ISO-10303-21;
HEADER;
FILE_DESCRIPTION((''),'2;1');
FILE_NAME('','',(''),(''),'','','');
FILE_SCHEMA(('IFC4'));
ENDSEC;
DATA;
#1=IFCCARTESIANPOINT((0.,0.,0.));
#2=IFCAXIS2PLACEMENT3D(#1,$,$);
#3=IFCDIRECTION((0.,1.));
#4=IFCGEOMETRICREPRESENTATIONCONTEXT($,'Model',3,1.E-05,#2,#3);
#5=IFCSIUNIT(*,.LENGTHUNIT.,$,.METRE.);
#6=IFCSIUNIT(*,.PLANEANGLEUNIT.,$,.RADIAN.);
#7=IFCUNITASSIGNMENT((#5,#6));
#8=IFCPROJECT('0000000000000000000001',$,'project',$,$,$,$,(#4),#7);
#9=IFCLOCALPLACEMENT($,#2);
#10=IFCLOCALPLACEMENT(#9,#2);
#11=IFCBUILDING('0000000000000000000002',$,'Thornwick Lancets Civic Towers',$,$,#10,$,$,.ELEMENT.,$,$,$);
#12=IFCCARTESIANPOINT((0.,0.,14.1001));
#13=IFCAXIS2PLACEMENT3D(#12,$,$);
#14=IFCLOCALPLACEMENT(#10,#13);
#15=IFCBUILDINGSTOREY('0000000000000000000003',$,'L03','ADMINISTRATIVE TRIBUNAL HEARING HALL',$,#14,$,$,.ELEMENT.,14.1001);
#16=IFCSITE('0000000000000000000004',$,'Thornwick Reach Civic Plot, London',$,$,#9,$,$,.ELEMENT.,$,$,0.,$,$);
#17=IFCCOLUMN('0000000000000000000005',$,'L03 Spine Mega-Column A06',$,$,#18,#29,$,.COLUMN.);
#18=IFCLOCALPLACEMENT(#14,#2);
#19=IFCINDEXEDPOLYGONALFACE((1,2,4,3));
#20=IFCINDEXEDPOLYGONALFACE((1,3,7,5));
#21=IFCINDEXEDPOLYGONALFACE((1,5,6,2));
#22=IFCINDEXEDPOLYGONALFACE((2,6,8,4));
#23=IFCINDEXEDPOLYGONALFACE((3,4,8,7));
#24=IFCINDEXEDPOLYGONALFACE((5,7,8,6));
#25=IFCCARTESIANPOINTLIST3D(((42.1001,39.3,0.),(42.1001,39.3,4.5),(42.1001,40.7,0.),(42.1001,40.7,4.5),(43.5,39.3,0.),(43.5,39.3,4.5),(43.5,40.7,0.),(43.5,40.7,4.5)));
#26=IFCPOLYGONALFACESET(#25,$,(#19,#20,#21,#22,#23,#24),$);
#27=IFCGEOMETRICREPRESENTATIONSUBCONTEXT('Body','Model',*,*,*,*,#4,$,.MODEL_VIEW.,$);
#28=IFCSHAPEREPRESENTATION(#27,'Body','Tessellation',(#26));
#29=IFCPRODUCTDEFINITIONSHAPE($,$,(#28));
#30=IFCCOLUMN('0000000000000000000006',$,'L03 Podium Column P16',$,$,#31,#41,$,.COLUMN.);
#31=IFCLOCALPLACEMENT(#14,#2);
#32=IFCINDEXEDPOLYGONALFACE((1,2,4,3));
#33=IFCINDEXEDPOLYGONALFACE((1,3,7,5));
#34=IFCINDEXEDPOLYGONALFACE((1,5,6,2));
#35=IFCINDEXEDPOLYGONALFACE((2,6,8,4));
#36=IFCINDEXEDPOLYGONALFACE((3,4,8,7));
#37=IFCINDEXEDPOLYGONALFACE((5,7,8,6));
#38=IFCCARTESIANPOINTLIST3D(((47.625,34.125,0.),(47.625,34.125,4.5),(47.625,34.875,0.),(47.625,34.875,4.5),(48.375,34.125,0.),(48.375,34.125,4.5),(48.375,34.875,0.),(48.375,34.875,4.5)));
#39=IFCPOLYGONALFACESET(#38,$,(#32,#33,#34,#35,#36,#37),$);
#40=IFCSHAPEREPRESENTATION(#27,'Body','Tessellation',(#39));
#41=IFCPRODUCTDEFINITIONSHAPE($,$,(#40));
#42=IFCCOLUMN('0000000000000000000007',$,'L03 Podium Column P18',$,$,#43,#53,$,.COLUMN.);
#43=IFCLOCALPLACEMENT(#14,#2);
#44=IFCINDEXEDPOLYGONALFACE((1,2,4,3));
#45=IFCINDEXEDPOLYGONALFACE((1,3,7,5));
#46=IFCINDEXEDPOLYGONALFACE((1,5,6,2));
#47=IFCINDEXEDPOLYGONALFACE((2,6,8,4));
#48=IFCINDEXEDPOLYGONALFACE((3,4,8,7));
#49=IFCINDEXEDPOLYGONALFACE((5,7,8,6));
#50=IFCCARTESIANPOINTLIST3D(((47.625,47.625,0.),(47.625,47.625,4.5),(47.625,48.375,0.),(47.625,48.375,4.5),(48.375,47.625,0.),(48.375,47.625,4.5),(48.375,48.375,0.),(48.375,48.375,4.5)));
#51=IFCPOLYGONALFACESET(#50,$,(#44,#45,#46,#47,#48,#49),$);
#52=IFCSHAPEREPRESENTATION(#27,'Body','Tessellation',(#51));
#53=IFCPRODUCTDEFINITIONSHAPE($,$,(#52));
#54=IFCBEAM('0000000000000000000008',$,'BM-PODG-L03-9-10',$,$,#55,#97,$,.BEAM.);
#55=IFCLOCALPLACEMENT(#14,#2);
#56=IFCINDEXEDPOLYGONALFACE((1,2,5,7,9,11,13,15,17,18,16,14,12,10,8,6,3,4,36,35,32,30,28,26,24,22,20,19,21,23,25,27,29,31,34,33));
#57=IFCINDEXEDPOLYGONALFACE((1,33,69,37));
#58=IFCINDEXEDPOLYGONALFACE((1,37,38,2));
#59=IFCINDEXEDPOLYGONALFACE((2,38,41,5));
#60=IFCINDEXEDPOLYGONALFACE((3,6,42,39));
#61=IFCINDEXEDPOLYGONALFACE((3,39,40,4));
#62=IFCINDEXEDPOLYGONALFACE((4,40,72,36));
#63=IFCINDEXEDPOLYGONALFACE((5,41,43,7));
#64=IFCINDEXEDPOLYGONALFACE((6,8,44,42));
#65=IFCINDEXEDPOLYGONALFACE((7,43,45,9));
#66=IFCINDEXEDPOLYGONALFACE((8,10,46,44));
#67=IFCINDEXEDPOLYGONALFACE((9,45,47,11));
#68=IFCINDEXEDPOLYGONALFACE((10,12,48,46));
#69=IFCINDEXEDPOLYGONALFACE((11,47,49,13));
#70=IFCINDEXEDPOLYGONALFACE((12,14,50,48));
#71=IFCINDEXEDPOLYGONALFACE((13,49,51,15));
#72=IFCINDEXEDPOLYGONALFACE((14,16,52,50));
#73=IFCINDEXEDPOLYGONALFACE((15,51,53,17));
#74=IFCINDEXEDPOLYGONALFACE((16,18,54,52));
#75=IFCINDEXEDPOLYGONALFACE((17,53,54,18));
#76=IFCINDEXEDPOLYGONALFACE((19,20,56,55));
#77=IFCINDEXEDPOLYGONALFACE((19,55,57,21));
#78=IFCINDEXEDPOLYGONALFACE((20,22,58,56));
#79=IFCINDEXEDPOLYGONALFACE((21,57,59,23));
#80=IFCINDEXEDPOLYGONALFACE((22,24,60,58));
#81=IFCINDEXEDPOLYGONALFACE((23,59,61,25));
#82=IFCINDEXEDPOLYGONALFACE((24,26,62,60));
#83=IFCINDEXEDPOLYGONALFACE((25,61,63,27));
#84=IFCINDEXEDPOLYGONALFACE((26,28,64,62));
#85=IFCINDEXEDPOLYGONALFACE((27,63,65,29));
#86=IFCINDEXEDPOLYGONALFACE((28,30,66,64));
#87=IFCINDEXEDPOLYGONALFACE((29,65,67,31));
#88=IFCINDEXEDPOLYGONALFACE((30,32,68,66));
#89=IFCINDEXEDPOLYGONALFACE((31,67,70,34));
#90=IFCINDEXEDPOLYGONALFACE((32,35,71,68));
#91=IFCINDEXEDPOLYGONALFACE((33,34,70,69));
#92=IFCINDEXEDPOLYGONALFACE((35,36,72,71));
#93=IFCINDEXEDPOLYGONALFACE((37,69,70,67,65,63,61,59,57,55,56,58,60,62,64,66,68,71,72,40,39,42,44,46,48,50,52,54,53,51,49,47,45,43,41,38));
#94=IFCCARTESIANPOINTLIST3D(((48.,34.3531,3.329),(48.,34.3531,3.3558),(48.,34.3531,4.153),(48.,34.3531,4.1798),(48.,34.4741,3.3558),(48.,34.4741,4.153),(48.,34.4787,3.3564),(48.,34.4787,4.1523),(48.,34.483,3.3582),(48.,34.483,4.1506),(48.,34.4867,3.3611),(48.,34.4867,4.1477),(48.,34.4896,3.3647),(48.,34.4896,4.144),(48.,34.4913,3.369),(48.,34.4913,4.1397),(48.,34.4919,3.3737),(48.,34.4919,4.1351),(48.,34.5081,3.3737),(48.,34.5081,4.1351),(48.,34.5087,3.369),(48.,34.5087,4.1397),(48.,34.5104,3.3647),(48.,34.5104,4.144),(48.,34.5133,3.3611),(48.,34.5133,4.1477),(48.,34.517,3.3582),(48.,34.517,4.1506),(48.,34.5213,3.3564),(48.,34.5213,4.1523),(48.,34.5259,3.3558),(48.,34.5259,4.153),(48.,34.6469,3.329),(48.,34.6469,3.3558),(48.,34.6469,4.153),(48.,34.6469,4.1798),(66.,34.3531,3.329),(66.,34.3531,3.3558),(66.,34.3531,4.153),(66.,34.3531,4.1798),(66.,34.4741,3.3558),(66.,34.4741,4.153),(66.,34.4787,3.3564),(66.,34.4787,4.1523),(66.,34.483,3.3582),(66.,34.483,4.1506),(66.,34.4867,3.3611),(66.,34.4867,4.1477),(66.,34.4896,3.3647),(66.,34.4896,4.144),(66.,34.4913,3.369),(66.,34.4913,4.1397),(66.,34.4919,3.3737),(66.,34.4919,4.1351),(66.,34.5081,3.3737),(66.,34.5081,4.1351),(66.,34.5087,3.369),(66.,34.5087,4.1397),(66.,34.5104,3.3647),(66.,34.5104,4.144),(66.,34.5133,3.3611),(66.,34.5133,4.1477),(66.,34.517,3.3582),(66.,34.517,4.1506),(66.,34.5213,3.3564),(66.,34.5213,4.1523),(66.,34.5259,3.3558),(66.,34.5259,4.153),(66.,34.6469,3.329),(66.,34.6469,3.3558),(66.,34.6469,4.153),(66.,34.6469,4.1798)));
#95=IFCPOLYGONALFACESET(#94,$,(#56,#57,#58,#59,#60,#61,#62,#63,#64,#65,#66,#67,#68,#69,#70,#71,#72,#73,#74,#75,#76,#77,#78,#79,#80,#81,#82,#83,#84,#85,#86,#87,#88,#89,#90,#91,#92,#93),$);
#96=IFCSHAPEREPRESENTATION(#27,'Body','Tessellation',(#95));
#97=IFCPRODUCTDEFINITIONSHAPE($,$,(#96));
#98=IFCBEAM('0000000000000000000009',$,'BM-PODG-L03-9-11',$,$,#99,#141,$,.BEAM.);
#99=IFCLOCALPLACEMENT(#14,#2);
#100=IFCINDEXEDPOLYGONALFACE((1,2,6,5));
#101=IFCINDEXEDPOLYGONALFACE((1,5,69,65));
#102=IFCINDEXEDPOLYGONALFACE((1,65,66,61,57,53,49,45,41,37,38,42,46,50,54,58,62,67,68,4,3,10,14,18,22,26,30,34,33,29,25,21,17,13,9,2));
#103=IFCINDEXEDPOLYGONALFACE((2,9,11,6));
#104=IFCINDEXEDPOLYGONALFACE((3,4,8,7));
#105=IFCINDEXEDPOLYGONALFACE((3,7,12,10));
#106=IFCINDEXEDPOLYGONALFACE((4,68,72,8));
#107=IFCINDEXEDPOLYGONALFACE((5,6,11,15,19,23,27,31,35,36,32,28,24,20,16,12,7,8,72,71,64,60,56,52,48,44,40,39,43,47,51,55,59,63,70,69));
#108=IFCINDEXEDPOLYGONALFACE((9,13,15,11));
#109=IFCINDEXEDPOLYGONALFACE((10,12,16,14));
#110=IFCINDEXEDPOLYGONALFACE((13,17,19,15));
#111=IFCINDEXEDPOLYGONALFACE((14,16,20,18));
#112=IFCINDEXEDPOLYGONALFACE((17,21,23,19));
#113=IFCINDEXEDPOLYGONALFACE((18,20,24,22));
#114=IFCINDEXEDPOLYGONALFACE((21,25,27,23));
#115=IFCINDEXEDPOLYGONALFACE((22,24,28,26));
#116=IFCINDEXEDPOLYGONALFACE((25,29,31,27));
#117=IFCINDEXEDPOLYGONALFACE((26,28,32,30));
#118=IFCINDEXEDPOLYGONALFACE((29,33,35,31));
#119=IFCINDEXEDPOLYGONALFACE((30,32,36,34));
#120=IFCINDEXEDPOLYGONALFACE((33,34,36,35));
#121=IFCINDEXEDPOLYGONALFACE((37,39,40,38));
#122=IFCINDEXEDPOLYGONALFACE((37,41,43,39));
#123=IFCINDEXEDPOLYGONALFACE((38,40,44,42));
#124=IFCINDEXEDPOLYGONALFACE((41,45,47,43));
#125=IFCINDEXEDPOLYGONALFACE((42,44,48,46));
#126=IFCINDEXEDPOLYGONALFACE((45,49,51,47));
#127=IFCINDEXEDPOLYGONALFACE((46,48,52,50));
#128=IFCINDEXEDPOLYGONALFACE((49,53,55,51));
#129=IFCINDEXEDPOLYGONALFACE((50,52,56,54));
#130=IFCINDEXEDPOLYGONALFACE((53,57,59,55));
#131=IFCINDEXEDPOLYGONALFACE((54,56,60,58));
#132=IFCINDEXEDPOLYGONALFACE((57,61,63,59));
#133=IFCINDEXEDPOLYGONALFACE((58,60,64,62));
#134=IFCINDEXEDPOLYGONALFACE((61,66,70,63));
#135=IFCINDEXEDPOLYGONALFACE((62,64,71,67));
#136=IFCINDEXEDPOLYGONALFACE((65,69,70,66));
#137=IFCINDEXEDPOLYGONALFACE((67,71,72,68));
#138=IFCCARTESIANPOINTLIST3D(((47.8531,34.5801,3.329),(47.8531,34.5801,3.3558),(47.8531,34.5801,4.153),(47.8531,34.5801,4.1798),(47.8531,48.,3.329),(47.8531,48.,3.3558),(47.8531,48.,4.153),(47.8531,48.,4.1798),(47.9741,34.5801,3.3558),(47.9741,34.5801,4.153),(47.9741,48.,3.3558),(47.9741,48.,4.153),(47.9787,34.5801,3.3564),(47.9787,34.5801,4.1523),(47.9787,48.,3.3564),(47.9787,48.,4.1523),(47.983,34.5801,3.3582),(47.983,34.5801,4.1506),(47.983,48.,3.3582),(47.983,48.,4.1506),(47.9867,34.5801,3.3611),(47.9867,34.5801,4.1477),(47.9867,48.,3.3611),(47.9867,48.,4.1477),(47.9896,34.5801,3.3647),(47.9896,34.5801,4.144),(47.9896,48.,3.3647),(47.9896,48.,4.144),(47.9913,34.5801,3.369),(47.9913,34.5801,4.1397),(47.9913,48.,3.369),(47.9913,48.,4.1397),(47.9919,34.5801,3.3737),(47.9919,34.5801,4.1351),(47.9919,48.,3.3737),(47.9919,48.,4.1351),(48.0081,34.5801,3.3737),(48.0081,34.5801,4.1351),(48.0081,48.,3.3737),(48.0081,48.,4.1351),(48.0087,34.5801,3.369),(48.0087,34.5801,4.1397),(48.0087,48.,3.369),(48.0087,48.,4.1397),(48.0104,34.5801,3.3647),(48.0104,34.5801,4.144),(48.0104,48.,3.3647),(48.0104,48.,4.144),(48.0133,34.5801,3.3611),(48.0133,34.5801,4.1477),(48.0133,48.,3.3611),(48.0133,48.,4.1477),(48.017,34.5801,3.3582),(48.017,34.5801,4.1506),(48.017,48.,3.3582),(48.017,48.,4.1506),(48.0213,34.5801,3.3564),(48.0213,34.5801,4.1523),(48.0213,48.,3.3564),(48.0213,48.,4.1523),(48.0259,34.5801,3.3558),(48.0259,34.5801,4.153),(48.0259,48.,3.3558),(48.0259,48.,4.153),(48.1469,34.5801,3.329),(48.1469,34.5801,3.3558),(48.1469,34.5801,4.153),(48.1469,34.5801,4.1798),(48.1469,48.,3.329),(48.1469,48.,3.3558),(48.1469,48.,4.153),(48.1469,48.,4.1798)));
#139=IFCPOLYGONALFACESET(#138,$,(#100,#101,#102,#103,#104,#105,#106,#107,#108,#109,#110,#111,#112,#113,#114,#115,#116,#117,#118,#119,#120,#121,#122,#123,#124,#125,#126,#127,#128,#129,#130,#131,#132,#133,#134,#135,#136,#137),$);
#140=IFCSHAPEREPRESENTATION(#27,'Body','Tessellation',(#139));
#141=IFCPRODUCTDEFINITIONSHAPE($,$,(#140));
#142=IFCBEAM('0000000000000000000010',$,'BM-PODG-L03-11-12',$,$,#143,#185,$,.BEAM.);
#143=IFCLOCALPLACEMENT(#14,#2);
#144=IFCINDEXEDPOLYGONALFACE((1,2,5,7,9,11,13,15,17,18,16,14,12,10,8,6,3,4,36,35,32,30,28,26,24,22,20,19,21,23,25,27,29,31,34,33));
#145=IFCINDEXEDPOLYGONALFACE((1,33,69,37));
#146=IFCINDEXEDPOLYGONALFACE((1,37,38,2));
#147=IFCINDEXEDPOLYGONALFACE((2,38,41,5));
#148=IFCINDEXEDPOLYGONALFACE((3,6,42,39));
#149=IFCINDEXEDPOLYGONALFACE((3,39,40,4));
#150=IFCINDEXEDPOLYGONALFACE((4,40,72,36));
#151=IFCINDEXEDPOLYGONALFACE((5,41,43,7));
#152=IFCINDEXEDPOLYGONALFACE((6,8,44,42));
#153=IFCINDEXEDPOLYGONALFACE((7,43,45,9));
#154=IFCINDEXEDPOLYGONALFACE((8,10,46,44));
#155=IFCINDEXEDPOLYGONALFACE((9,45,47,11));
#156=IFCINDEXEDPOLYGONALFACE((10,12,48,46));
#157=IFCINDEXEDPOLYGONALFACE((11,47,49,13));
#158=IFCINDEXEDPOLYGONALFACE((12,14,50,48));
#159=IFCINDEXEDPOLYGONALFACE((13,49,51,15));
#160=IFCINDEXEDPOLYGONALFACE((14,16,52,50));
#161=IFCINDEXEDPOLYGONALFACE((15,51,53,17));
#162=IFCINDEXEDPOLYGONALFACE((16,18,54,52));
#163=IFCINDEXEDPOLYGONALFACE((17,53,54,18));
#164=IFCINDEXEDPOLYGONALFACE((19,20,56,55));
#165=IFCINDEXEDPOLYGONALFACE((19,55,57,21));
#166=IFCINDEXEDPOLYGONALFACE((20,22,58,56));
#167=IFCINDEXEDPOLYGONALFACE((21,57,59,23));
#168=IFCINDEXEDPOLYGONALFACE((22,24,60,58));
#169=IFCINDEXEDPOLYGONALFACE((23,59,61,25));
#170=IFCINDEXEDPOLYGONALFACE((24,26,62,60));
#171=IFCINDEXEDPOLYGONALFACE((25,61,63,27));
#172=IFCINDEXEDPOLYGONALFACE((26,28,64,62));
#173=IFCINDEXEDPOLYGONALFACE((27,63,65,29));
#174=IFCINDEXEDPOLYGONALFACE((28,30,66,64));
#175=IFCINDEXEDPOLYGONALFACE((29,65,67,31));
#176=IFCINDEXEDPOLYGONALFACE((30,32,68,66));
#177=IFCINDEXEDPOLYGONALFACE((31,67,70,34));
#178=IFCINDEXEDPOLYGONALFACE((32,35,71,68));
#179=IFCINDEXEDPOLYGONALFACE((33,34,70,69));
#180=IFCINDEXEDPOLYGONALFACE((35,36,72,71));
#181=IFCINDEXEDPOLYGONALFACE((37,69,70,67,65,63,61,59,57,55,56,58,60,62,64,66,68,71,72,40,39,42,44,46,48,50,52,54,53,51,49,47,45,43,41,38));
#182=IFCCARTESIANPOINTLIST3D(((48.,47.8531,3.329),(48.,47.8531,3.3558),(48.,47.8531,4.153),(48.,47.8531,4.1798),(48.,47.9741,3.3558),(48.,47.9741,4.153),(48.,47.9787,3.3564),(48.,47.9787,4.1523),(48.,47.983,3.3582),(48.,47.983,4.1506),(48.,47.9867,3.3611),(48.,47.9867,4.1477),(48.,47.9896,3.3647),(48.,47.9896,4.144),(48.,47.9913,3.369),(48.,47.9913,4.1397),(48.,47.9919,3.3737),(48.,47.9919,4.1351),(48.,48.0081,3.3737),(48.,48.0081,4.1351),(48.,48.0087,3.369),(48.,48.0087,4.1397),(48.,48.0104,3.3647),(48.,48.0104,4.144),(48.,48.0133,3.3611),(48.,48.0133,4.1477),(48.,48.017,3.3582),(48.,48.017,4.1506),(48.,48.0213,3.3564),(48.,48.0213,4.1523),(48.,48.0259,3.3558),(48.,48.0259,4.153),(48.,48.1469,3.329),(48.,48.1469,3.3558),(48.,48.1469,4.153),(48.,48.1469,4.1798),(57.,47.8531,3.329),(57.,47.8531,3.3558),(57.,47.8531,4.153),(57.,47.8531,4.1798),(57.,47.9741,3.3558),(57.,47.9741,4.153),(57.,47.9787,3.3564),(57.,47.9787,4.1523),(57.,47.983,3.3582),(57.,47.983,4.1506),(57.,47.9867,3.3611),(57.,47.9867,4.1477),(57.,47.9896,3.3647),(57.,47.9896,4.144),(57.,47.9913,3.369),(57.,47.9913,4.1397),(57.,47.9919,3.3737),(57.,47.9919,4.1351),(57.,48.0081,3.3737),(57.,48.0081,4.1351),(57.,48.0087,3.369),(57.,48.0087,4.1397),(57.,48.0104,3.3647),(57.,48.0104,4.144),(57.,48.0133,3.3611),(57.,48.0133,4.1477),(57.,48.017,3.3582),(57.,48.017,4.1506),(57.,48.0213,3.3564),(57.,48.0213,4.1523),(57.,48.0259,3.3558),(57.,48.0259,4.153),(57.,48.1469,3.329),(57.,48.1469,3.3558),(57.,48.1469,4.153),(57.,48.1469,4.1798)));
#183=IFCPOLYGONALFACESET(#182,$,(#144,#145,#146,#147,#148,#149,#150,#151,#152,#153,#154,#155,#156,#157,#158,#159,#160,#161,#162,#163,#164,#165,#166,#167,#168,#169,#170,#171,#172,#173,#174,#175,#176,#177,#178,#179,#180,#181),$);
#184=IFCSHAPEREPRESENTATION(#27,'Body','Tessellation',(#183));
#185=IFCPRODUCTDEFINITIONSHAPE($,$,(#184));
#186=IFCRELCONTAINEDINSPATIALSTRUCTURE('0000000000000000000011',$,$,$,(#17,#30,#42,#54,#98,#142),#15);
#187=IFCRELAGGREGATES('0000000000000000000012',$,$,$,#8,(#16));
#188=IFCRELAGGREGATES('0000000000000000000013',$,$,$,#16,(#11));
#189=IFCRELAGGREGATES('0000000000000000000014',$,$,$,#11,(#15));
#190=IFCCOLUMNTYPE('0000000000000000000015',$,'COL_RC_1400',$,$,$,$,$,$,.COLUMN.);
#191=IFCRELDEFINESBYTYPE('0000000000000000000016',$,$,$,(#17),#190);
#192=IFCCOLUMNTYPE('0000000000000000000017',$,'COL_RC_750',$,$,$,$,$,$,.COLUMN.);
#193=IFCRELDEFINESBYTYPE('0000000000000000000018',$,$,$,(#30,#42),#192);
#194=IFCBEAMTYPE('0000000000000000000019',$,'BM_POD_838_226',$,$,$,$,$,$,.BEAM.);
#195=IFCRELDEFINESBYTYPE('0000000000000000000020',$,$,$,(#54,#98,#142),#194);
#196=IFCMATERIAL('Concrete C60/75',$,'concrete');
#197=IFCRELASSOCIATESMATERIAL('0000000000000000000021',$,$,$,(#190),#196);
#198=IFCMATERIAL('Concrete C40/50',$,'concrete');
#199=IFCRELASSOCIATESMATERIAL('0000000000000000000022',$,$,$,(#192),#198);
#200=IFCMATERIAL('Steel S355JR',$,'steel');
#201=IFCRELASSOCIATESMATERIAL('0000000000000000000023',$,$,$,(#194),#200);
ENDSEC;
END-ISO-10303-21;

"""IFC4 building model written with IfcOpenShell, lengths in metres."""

from ifc_helpers import new_model, si_unit, direction, frame, origin, origin_2d, place, context, subcontext, project, spatial, rectangle, i_section, extrude, material, material_profile, profile_set, type_object, element, save


model = new_model("IFC4")

# Units and contexts
model_context = context("Model", 3, precision=1e-05, world=origin(), true_north=direction((0.0, 1.0)))
body_context = subcontext(model_context, "Body", "Model", "MODEL_VIEW")
ifc_project = project(units=[si_unit("LENGTHUNIT", "METRE"), si_unit("PLANEANGLEUNIT", "RADIAN")], contexts=[model_context])

# Site, building, storey
site_placement = place(None, origin())
site = spatial("IfcSite", under=ifc_project, at=site_placement, Name="Thornwick Reach Civic Plot, London", CompositionType="ELEMENT", RefElevation=0.0)
building_placement = place(site_placement, origin())
building = spatial("IfcBuilding", under=site, at=building_placement, Name="Thornwick Lancets Civic Towers", CompositionType="ELEMENT")
storey_placement = place(building_placement, frame((0.0, 0.0, 14.1001)))
storey = spatial("IfcBuildingStorey", under=building, at=storey_placement, Name="L03", Description="ADMINISTRATIVE TRIBUNAL HEARING HALL", CompositionType="ELEMENT", Elevation=14.1001)

# Columns
ifc_material_1 = material(Name="Concrete C60/75", Category="concrete")
ifc_material_profile_1 = material_profile(ifc_material_1, rectangle(XDim=1.3999, YDim=1.3999, at=origin_2d()), Name="RC 1400x1400")
ifc_profile_set_1 = profile_set([ifc_material_profile_1], Name="Concrete C60/75")
column_type_1 = type_object("IfcColumnType", Name="COL_RC_1400", PredefinedType="COLUMN", material=ifc_profile_set_1)
column_placement = place(storey_placement, frame((42.8, 40.0, 0.0), z_axis=(0.0, 0.0, 1.0), x_axis=(1.0, 0.0, 0.0)))
element("IfcColumn", 1, at=column_placement, inside=storey, type_object=column_type_1, Name="L03 Spine Mega-Column A06", PredefinedType="COLUMN", context=body_context, shape_type="SweptSolid", body=[
    extrude(rectangle(XDim=1.3999, YDim=1.3999, at=origin_2d()), origin(), (0.0, 0.0, 1.0), 4.5),
])
ifc_material_2 = material(Name="Concrete C40/50", Category="concrete")
ifc_material_profile_2 = material_profile(ifc_material_2, rectangle(XDim=0.75, YDim=0.75, at=origin_2d()), Name="RC 750x750")
ifc_profile_set_2 = profile_set([ifc_material_profile_2], Name="Concrete C40/50")
column_type_2 = type_object("IfcColumnType", Name="COL_RC_750", PredefinedType="COLUMN", material=ifc_profile_set_2)
for number, where, z_axis, x_axis, name in (
    (2, (48.0, 34.5, 0.0), (0.0, 0.0, 1.0), (1.0, 0.0, 0.0), "L03 Podium Column P16"),
    (3, (48.0, 48.0, 0.0), (0.0, 0.0, 1.0), (1.0, 0.0, 0.0), "L03 Podium Column P18"),
):
    element("IfcColumn", number, at=place(storey_placement, frame(where, z_axis=z_axis, x_axis=x_axis)), inside=storey, type_object=column_type_2, Name=name, PredefinedType="COLUMN", context=body_context, shape_type="SweptSolid", body=[
        extrude(rectangle(XDim=0.75, YDim=0.75, at=origin_2d()), origin(), (0.0, 0.0, 1.0), 4.5),
    ])

# Beams
ifc_material_3 = material(Name="Steel S355JR", Category="steel")
ifc_material_profile_3 = material_profile(ifc_material_3, i_section(OverallWidth=0.2937, OverallDepth=0.8508, WebThickness=0.0161, FlangeThickness=0.0269, FilletRadius=0.0178, at=origin_2d()), Name="UKB 838x292x226")
ifc_profile_set_3 = profile_set([ifc_material_profile_3], Name="Steel S355JR")
beam_type = type_object("IfcBeamType", Name="BM_POD_838_226", PredefinedType="BEAM", material=ifc_profile_set_3)
beam_1_placement = place(storey_placement, frame((48.0, 34.5, 3.7544), z_axis=(1.0, 0.0, 0.0), x_axis=(0.0, 1.0, 0.0)))
element("IfcBeam", 4, at=beam_1_placement, inside=storey, type_object=beam_type, Name="BM-PODG-L03-9-10", PredefinedType="BEAM", context=body_context, shape_type="SweptSolid", body=[
    extrude(i_section(OverallWidth=0.2937, OverallDepth=0.8508, WebThickness=0.0161, FlangeThickness=0.0269, FilletRadius=0.0178, at=origin_2d()), origin(), (0.0, 0.0, 1.0), 18.0),
])
beam_2_placement = place(storey_placement, frame((48.0, 34.5801, 3.7544), z_axis=(0.0, 1.0, 0.0), x_axis=(-1.0, 0.0, 0.0)))
element("IfcBeam", 5, at=beam_2_placement, inside=storey, type_object=beam_type, Name="BM-PODG-L03-9-11", PredefinedType="BEAM", context=body_context, shape_type="SweptSolid", body=[
    extrude(i_section(OverallWidth=0.2937, OverallDepth=0.8508, WebThickness=0.0161, FlangeThickness=0.0269, FilletRadius=0.0178, at=origin_2d()), origin(), (0.0, 0.0, 1.0), 13.4199),
])
beam_3_placement = place(storey_placement, frame((48.0, 48.0, 3.7544), z_axis=(1.0, 0.0, 0.0), x_axis=(0.0, 1.0, 0.0)))
element("IfcBeam", 6, at=beam_3_placement, inside=storey, type_object=beam_type, Name="BM-PODG-L03-11-12", PredefinedType="BEAM", context=body_context, shape_type="SweptSolid", body=[
    extrude(i_section(OverallWidth=0.2937, OverallDepth=0.8508, WebThickness=0.0161, FlangeThickness=0.0269, FilletRadius=0.0178, at=origin_2d()), origin(), (0.0, 0.0, 1.0), 9.0),
])

save(model, "model.ifc")
